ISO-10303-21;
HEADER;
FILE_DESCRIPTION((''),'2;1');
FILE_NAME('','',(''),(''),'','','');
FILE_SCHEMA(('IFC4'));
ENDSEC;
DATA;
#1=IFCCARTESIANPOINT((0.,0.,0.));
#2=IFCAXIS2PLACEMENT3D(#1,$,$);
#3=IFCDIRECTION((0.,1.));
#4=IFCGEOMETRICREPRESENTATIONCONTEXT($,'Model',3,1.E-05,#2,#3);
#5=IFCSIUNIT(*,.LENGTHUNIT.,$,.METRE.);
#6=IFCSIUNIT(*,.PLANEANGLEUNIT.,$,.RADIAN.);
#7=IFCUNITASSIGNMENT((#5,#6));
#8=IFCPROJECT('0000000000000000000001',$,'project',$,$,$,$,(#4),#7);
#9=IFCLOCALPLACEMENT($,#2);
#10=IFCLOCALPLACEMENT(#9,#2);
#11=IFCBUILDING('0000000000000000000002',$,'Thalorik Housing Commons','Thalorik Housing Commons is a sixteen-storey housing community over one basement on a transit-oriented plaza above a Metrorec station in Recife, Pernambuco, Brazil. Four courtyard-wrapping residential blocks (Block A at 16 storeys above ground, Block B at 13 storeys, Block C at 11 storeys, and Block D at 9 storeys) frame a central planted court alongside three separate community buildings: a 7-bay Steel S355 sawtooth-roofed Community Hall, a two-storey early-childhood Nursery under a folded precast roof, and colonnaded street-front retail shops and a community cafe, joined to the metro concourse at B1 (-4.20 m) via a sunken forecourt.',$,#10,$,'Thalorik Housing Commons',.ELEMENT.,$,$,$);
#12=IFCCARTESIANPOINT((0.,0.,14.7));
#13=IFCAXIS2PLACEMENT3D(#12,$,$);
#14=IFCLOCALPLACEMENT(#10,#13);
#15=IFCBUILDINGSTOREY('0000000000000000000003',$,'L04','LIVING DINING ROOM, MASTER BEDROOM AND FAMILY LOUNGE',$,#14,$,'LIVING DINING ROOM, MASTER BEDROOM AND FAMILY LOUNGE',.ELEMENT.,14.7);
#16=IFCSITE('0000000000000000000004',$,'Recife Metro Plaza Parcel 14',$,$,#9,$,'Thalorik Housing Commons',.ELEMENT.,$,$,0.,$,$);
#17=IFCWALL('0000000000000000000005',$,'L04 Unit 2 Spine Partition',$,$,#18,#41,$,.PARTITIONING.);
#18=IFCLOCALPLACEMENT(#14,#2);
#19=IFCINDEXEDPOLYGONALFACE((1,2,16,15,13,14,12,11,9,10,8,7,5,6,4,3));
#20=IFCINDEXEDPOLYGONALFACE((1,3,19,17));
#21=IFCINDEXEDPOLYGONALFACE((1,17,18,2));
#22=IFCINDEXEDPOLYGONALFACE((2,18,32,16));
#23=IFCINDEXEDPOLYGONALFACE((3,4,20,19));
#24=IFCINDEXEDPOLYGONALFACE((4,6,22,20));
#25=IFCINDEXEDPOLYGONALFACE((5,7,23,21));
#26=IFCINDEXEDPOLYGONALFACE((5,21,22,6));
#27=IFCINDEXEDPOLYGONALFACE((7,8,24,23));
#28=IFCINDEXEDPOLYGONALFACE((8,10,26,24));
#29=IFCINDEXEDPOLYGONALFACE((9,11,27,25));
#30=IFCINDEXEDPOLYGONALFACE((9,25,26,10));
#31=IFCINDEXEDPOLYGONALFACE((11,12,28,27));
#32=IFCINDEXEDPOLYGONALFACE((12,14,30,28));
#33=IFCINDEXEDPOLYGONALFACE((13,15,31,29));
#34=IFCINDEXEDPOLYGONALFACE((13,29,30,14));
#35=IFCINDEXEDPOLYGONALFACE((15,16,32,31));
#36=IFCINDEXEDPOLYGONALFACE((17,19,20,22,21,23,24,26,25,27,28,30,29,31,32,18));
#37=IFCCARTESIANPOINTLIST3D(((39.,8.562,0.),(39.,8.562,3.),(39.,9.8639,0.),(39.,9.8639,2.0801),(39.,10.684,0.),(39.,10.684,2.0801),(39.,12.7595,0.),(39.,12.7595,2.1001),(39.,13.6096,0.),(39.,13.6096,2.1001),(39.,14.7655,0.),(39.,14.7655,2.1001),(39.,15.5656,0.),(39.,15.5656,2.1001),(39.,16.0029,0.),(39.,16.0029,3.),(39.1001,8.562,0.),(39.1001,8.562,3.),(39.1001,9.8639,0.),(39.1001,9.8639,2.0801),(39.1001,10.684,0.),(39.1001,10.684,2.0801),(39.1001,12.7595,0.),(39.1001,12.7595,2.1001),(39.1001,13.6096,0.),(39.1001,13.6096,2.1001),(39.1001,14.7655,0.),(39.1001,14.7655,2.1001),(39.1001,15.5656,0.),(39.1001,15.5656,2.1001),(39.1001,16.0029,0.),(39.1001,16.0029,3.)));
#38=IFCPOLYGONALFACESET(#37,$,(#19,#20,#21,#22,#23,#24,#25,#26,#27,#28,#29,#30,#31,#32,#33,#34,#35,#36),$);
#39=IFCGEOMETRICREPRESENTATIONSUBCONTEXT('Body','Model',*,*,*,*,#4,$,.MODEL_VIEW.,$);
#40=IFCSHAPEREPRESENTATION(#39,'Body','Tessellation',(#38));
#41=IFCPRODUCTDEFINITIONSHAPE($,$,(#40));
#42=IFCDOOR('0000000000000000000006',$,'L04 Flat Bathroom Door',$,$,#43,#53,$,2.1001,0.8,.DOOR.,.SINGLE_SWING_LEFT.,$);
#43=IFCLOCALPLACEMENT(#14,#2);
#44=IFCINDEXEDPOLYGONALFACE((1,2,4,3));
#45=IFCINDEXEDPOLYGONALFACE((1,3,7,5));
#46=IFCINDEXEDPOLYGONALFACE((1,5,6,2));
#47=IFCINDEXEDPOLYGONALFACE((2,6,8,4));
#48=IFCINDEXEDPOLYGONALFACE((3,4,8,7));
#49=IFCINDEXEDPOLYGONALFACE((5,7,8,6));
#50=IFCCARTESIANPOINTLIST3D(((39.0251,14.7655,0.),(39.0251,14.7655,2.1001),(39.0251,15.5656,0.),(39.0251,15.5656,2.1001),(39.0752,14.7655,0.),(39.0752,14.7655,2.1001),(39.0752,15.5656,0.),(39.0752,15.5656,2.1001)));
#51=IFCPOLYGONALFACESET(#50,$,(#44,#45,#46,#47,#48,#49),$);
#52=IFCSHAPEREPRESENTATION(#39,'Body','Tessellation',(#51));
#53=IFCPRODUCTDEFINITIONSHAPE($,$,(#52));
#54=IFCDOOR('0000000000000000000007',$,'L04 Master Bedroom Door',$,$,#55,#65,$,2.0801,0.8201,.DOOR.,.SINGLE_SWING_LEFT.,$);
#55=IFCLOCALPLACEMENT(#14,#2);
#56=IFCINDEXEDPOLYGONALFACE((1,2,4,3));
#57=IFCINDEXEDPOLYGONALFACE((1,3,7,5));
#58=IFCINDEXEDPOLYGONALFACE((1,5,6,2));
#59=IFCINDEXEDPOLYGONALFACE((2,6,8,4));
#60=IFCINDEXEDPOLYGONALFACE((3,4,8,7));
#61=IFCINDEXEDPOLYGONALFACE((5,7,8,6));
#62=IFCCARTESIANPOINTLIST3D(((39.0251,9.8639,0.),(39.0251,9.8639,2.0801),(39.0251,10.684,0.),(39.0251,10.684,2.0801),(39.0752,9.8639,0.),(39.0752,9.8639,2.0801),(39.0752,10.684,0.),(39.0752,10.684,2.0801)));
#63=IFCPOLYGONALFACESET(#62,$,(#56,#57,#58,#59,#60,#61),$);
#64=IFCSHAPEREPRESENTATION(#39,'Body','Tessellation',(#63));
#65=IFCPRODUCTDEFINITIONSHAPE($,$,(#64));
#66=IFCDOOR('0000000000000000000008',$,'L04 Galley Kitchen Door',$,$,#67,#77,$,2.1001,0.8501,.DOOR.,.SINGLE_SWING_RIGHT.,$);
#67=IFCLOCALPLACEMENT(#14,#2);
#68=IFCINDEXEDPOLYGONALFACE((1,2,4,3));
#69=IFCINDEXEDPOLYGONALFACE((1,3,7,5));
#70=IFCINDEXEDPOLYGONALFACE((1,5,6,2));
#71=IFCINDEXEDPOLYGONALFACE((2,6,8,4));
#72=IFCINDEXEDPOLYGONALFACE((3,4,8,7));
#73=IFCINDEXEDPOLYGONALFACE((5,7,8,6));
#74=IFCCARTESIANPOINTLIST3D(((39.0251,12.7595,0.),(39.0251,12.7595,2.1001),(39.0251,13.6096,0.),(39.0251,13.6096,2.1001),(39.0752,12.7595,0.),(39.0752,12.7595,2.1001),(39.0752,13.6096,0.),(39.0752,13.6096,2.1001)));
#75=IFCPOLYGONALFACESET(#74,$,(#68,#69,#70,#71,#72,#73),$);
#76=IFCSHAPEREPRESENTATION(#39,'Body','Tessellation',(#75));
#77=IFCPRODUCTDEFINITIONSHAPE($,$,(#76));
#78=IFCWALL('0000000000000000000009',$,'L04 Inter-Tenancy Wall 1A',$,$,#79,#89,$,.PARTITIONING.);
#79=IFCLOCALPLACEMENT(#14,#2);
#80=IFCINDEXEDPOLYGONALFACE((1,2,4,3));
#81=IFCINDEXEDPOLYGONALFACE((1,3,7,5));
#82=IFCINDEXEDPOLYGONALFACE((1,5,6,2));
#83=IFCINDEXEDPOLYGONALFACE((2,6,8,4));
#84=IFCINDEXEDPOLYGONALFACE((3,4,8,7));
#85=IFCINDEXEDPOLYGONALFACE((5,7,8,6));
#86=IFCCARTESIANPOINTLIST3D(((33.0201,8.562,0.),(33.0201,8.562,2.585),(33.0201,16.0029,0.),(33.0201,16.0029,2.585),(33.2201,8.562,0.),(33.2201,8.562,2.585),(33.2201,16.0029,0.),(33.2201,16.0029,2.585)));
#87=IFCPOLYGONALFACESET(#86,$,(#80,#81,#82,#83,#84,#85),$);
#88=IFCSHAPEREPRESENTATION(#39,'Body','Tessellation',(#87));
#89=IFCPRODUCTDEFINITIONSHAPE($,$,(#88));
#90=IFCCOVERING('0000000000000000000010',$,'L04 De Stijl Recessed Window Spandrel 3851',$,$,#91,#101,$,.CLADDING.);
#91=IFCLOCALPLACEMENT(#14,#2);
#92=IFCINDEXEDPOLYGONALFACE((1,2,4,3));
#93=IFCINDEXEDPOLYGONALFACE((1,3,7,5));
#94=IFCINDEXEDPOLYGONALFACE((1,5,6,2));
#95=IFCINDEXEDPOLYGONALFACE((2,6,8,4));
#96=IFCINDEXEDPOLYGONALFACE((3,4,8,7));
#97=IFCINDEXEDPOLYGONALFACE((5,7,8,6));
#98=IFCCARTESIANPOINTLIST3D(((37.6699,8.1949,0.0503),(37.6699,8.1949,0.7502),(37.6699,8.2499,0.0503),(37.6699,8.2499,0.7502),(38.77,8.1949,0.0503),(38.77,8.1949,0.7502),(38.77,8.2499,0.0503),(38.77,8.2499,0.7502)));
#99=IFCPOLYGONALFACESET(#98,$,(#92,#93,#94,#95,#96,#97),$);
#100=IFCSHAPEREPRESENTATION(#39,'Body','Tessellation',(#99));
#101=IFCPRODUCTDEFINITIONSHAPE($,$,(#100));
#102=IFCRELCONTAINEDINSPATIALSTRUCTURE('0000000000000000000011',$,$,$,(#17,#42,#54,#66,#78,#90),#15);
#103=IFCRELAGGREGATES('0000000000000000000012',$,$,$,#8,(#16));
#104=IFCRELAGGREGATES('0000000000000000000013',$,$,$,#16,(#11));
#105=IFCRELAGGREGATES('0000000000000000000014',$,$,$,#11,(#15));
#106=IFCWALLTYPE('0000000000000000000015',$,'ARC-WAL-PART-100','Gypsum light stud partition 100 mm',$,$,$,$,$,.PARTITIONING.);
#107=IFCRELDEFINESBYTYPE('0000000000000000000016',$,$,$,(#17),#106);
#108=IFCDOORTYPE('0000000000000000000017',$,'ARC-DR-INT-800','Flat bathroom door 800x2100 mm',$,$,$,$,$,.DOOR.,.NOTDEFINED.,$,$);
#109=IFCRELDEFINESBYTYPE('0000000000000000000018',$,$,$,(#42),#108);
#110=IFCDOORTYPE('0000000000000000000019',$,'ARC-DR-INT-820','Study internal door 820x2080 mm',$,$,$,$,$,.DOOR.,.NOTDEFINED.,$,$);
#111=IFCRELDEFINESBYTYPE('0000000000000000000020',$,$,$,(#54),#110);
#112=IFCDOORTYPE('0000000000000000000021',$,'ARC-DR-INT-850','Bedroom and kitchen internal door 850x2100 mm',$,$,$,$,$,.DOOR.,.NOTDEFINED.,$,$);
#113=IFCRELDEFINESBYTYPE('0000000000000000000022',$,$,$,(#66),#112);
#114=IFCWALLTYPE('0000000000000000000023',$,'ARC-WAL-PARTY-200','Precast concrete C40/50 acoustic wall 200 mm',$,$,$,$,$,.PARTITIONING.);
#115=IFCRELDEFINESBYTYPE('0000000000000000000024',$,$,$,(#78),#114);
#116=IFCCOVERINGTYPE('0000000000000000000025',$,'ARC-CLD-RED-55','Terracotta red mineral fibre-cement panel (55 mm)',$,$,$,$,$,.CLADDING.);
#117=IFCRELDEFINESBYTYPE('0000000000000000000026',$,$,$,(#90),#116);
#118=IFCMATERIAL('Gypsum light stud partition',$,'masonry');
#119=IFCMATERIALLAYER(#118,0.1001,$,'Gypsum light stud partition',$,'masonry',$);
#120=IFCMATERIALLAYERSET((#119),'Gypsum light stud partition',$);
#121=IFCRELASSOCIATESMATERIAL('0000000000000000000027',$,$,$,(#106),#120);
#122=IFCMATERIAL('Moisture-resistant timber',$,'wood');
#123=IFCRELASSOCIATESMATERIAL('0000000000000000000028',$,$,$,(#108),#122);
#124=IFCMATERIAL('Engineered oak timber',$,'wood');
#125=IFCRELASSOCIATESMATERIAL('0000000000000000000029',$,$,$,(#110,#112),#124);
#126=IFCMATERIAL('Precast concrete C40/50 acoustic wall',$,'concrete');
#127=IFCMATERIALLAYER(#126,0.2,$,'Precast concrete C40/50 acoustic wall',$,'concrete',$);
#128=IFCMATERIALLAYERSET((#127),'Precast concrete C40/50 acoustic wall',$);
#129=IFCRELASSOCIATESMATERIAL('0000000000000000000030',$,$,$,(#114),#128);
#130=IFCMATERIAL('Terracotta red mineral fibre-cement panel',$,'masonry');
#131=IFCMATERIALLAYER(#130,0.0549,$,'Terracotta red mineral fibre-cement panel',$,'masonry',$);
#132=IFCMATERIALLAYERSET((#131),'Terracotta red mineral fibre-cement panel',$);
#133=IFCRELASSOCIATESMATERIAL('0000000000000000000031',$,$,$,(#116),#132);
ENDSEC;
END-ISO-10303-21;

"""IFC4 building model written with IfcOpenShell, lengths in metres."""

from ifc_helpers import new_model, si_unit, direction, frame, frame_2d, origin, origin_2d, place, context, subcontext, project, spatial, rectangle, extrude, material, layer, layer_set, type_object, element, fill, save


model = new_model("IFC4")

# Units and contexts
model_context = context("Model", 3, precision=1e-05, world=origin(), true_north=direction((0.0, 1.0)))
body_context = subcontext(model_context, "Body", "Model", "MODEL_VIEW")
ifc_project = project(units=[si_unit("LENGTHUNIT", "METRE"), si_unit("PLANEANGLEUNIT", "RADIAN")], contexts=[model_context])

# Site, building, storey
site_placement = place(None, origin())
site = spatial("IfcSite", under=ifc_project, at=site_placement, Name="Recife Metro Plaza Parcel 14", LongName="Thalorik Housing Commons", CompositionType="ELEMENT", RefElevation=0.0)
building_placement = place(site_placement, origin())
building = spatial("IfcBuilding", under=site, at=building_placement, Name="Thalorik Housing Commons", Description="Thalorik Housing Commons is a sixteen-storey housing community over one basement on a transit-oriented plaza above a Metrorec station in Recife, Pernambuco, Brazil. Four courtyard-wrapping residential blocks (Block A at 16 storeys above ground, Block B at 13 storeys, Block C at 11 storeys, and Block D at 9 storeys) frame a central planted court alongside three separate community buildings: a 7-bay Steel S355 sawtooth-roofed Community Hall, a two-storey early-childhood Nursery under a folded precast roof, and colonnaded street-front retail shops and a community cafe, joined to the metro concourse at B1 (-4.20 m) via a sunken forecourt.", LongName="Thalorik Housing Commons", CompositionType="ELEMENT")
storey_placement = place(building_placement, frame((0.0, 0.0, 14.7)))
storey = spatial("IfcBuildingStorey", under=building, at=storey_placement, Name="L04", Description="LIVING DINING ROOM, MASTER BEDROOM AND FAMILY LOUNGE", LongName="LIVING DINING ROOM, MASTER BEDROOM AND FAMILY LOUNGE", CompositionType="ELEMENT", Elevation=14.7)

# Wall, openings, doors
ifc_material_1 = material(Name="Gypsum light stud partition", Category="masonry")
ifc_layer_1 = layer(ifc_material_1, 0.1001, Name="Gypsum light stud partition", Category="masonry")
ifc_layer_set_1 = layer_set([ifc_layer_1], Name="Gypsum light stud partition")
wall_type_1 = type_object("IfcWallType", Name="ARC-WAL-PART-100", Description="Gypsum light stud partition 100 mm", PredefinedType="PARTITIONING", material=ifc_layer_set_1)
wall_1_placement = place(storey_placement, frame((39.05, 8.562, 0.0), z_axis=(0.0, 0.0, 1.0), x_axis=(0.0, 1.0, 0.0)))
wall_1 = element("IfcWall", 1, at=wall_1_placement, inside=storey, type_object=wall_type_1, Name="L04 Unit 2 Spine Partition", PredefinedType="PARTITIONING", context=body_context, shape_type="SweptSolid", body=[
    extrude(rectangle(XDim=7.4409, YDim=0.1001, at=frame_2d((3.7205, 0.0))), origin(), (0.0, 0.0, 1.0), 3.0),
])
opening_1_placement = place(wall_1_placement, frame((1.3018, 0.0, 0.0)))
opening_1 = element("IfcOpeningElement", 2, at=opening_1_placement, cuts=wall_1, PredefinedType="OPENING", context=body_context, shape_type="SweptSolid", body=[
    extrude(rectangle(XDim=0.8201, YDim=2.0801, at=frame_2d((0.4102, 1.04))), frame((0.0, 0.0601, 0.0), z_axis=(0.0, -1.0, 0.0), x_axis=(1.0, 0.0, 0.0)), (0.0, 0.0, 1.0), 0.1201),
])
opening_2_placement = place(wall_1_placement, frame((4.1975, 0.0, 0.0)))
opening_2 = element("IfcOpeningElement", 3, at=opening_2_placement, cuts=wall_1, PredefinedType="OPENING", context=body_context, shape_type="SweptSolid", body=[
    extrude(rectangle(XDim=0.8501, YDim=2.1001, at=frame_2d((0.425, 1.05))), frame((0.0, 0.0601, 0.0), z_axis=(0.0, -1.0, 0.0), x_axis=(1.0, 0.0, 0.0)), (0.0, 0.0, 1.0), 0.1201),
])
opening_3_placement = place(wall_1_placement, frame((6.2036, 0.0, 0.0)))
opening_3 = element("IfcOpeningElement", 4, at=opening_3_placement, cuts=wall_1, PredefinedType="OPENING", context=body_context, shape_type="SweptSolid", body=[
    extrude(rectangle(XDim=0.8, YDim=2.1001, at=frame_2d((0.3999, 1.05))), frame((0.0, 0.0601, 0.0), z_axis=(0.0, -1.0, 0.0), x_axis=(1.0, 0.0, 0.0)), (0.0, 0.0, 1.0), 0.1201),
])
ifc_material_2 = material(Name="Moisture-resistant timber", Category="wood")
door_type_1 = type_object("IfcDoorType", Name="ARC-DR-INT-800", Description="Flat bathroom door 800x2100 mm", OperationType="NOTDEFINED", PredefinedType="DOOR", material=ifc_material_2)
door_1_placement = place(opening_3_placement, origin())
door_1 = element("IfcDoor", 5, at=door_1_placement, inside=storey, type_object=door_type_1, Name="L04 Flat Bathroom Door", OperationType="SINGLE_SWING_LEFT", OverallHeight=2.1001, OverallWidth=0.8, PredefinedType="DOOR", context=body_context, shape_type="SweptSolid", body=[
    extrude(rectangle(XDim=0.8, YDim=2.1001, at=frame_2d((0.3999, 1.05))), frame((0.0, 0.0249, 0.0), z_axis=(0.0, -1.0, 0.0), x_axis=(1.0, 0.0, 0.0)), (0.0, 0.0, 1.0), 0.05),
])
fill(opening_3, door_1)
ifc_material_3 = material(Name="Engineered oak timber", Category="wood")
door_type_2 = type_object("IfcDoorType", Name="ARC-DR-INT-820", Description="Study internal door 820x2080 mm", OperationType="NOTDEFINED", PredefinedType="DOOR", material=ifc_material_3)
door_2_placement = place(opening_1_placement, origin())
door_2 = element("IfcDoor", 6, at=door_2_placement, inside=storey, type_object=door_type_2, Name="L04 Master Bedroom Door", OperationType="SINGLE_SWING_LEFT", OverallHeight=2.0801, OverallWidth=0.8201, PredefinedType="DOOR", context=body_context, shape_type="SweptSolid", body=[
    extrude(rectangle(XDim=0.8201, YDim=2.0801, at=frame_2d((0.4102, 1.04))), frame((0.0, 0.0249, 0.0), z_axis=(0.0, -1.0, 0.0), x_axis=(1.0, 0.0, 0.0)), (0.0, 0.0, 1.0), 0.05),
])
fill(opening_1, door_2)
door_type_3 = type_object("IfcDoorType", Name="ARC-DR-INT-850", Description="Bedroom and kitchen internal door 850x2100 mm", OperationType="NOTDEFINED", PredefinedType="DOOR", material=ifc_material_3)
door_3_placement = place(opening_2_placement, origin())
door_3 = element("IfcDoor", 7, at=door_3_placement, inside=storey, type_object=door_type_3, Name="L04 Galley Kitchen Door", OperationType="SINGLE_SWING_RIGHT", OverallHeight=2.1001, OverallWidth=0.8501, PredefinedType="DOOR", context=body_context, shape_type="SweptSolid", body=[
    extrude(rectangle(XDim=0.8501, YDim=2.1001, at=frame_2d((0.425, 1.05))), frame((0.0, 0.0249, 0.0), z_axis=(0.0, -1.0, 0.0), x_axis=(1.0, 0.0, 0.0)), (0.0, 0.0, 1.0), 0.05),
])
fill(opening_2, door_3)

# Wall
ifc_material_4 = material(Name="Precast concrete C40/50 acoustic wall", Category="concrete")
ifc_layer_2 = layer(ifc_material_4, 0.2, Name="Precast concrete C40/50 acoustic wall", Category="concrete")
ifc_layer_set_2 = layer_set([ifc_layer_2], Name="Precast concrete C40/50 acoustic wall")
wall_type_2 = type_object("IfcWallType", Name="ARC-WAL-PARTY-200", Description="Precast concrete C40/50 acoustic wall 200 mm", PredefinedType="PARTITIONING", material=ifc_layer_set_2)
wall_2_placement = place(storey_placement, frame((33.1201, 8.562, 0.0), z_axis=(0.0, 0.0, 1.0), x_axis=(0.0, 1.0, 0.0)))
element("IfcWall", 8, at=wall_2_placement, inside=storey, type_object=wall_type_2, Name="L04 Inter-Tenancy Wall 1A", PredefinedType="PARTITIONING", context=body_context, shape_type="SweptSolid", body=[
    extrude(rectangle(XDim=7.4409, YDim=0.2, at=frame_2d((3.7205, 0.0))), origin(), (0.0, 0.0, 1.0), 2.585),
])

# Covering
ifc_material_5 = material(Name="Terracotta red mineral fibre-cement panel", Category="masonry")
ifc_layer_3 = layer(ifc_material_5, 0.0549, Name="Terracotta red mineral fibre-cement panel", Category="masonry")
ifc_layer_set_3 = layer_set([ifc_layer_3], Name="Terracotta red mineral fibre-cement panel")
covering_type_1 = type_object("IfcCoveringType", Name="ARC-CLD-RED-55", Description="Terracotta red mineral fibre-cement panel (55 mm)", PredefinedType="CLADDING", material=ifc_layer_set_3)
covering_1_placement = place(storey_placement, frame((38.22, 8.2224, 0.0503), z_axis=(0.0, 0.0, 1.0), x_axis=(1.0, 0.0, 0.0)))
element("IfcCovering", 9, at=covering_1_placement, inside=storey, type_object=covering_type_1, Name="L04 De Stijl Recessed Window Spandrel 3851", PredefinedType="CLADDING", context=body_context, shape_type="SweptSolid", body=[
    extrude(rectangle(XDim=1.1001, YDim=0.0549, at=origin_2d()), origin(), (0.0, 0.0, 1.0), 0.7),
])

save(model, "model.ifc")
